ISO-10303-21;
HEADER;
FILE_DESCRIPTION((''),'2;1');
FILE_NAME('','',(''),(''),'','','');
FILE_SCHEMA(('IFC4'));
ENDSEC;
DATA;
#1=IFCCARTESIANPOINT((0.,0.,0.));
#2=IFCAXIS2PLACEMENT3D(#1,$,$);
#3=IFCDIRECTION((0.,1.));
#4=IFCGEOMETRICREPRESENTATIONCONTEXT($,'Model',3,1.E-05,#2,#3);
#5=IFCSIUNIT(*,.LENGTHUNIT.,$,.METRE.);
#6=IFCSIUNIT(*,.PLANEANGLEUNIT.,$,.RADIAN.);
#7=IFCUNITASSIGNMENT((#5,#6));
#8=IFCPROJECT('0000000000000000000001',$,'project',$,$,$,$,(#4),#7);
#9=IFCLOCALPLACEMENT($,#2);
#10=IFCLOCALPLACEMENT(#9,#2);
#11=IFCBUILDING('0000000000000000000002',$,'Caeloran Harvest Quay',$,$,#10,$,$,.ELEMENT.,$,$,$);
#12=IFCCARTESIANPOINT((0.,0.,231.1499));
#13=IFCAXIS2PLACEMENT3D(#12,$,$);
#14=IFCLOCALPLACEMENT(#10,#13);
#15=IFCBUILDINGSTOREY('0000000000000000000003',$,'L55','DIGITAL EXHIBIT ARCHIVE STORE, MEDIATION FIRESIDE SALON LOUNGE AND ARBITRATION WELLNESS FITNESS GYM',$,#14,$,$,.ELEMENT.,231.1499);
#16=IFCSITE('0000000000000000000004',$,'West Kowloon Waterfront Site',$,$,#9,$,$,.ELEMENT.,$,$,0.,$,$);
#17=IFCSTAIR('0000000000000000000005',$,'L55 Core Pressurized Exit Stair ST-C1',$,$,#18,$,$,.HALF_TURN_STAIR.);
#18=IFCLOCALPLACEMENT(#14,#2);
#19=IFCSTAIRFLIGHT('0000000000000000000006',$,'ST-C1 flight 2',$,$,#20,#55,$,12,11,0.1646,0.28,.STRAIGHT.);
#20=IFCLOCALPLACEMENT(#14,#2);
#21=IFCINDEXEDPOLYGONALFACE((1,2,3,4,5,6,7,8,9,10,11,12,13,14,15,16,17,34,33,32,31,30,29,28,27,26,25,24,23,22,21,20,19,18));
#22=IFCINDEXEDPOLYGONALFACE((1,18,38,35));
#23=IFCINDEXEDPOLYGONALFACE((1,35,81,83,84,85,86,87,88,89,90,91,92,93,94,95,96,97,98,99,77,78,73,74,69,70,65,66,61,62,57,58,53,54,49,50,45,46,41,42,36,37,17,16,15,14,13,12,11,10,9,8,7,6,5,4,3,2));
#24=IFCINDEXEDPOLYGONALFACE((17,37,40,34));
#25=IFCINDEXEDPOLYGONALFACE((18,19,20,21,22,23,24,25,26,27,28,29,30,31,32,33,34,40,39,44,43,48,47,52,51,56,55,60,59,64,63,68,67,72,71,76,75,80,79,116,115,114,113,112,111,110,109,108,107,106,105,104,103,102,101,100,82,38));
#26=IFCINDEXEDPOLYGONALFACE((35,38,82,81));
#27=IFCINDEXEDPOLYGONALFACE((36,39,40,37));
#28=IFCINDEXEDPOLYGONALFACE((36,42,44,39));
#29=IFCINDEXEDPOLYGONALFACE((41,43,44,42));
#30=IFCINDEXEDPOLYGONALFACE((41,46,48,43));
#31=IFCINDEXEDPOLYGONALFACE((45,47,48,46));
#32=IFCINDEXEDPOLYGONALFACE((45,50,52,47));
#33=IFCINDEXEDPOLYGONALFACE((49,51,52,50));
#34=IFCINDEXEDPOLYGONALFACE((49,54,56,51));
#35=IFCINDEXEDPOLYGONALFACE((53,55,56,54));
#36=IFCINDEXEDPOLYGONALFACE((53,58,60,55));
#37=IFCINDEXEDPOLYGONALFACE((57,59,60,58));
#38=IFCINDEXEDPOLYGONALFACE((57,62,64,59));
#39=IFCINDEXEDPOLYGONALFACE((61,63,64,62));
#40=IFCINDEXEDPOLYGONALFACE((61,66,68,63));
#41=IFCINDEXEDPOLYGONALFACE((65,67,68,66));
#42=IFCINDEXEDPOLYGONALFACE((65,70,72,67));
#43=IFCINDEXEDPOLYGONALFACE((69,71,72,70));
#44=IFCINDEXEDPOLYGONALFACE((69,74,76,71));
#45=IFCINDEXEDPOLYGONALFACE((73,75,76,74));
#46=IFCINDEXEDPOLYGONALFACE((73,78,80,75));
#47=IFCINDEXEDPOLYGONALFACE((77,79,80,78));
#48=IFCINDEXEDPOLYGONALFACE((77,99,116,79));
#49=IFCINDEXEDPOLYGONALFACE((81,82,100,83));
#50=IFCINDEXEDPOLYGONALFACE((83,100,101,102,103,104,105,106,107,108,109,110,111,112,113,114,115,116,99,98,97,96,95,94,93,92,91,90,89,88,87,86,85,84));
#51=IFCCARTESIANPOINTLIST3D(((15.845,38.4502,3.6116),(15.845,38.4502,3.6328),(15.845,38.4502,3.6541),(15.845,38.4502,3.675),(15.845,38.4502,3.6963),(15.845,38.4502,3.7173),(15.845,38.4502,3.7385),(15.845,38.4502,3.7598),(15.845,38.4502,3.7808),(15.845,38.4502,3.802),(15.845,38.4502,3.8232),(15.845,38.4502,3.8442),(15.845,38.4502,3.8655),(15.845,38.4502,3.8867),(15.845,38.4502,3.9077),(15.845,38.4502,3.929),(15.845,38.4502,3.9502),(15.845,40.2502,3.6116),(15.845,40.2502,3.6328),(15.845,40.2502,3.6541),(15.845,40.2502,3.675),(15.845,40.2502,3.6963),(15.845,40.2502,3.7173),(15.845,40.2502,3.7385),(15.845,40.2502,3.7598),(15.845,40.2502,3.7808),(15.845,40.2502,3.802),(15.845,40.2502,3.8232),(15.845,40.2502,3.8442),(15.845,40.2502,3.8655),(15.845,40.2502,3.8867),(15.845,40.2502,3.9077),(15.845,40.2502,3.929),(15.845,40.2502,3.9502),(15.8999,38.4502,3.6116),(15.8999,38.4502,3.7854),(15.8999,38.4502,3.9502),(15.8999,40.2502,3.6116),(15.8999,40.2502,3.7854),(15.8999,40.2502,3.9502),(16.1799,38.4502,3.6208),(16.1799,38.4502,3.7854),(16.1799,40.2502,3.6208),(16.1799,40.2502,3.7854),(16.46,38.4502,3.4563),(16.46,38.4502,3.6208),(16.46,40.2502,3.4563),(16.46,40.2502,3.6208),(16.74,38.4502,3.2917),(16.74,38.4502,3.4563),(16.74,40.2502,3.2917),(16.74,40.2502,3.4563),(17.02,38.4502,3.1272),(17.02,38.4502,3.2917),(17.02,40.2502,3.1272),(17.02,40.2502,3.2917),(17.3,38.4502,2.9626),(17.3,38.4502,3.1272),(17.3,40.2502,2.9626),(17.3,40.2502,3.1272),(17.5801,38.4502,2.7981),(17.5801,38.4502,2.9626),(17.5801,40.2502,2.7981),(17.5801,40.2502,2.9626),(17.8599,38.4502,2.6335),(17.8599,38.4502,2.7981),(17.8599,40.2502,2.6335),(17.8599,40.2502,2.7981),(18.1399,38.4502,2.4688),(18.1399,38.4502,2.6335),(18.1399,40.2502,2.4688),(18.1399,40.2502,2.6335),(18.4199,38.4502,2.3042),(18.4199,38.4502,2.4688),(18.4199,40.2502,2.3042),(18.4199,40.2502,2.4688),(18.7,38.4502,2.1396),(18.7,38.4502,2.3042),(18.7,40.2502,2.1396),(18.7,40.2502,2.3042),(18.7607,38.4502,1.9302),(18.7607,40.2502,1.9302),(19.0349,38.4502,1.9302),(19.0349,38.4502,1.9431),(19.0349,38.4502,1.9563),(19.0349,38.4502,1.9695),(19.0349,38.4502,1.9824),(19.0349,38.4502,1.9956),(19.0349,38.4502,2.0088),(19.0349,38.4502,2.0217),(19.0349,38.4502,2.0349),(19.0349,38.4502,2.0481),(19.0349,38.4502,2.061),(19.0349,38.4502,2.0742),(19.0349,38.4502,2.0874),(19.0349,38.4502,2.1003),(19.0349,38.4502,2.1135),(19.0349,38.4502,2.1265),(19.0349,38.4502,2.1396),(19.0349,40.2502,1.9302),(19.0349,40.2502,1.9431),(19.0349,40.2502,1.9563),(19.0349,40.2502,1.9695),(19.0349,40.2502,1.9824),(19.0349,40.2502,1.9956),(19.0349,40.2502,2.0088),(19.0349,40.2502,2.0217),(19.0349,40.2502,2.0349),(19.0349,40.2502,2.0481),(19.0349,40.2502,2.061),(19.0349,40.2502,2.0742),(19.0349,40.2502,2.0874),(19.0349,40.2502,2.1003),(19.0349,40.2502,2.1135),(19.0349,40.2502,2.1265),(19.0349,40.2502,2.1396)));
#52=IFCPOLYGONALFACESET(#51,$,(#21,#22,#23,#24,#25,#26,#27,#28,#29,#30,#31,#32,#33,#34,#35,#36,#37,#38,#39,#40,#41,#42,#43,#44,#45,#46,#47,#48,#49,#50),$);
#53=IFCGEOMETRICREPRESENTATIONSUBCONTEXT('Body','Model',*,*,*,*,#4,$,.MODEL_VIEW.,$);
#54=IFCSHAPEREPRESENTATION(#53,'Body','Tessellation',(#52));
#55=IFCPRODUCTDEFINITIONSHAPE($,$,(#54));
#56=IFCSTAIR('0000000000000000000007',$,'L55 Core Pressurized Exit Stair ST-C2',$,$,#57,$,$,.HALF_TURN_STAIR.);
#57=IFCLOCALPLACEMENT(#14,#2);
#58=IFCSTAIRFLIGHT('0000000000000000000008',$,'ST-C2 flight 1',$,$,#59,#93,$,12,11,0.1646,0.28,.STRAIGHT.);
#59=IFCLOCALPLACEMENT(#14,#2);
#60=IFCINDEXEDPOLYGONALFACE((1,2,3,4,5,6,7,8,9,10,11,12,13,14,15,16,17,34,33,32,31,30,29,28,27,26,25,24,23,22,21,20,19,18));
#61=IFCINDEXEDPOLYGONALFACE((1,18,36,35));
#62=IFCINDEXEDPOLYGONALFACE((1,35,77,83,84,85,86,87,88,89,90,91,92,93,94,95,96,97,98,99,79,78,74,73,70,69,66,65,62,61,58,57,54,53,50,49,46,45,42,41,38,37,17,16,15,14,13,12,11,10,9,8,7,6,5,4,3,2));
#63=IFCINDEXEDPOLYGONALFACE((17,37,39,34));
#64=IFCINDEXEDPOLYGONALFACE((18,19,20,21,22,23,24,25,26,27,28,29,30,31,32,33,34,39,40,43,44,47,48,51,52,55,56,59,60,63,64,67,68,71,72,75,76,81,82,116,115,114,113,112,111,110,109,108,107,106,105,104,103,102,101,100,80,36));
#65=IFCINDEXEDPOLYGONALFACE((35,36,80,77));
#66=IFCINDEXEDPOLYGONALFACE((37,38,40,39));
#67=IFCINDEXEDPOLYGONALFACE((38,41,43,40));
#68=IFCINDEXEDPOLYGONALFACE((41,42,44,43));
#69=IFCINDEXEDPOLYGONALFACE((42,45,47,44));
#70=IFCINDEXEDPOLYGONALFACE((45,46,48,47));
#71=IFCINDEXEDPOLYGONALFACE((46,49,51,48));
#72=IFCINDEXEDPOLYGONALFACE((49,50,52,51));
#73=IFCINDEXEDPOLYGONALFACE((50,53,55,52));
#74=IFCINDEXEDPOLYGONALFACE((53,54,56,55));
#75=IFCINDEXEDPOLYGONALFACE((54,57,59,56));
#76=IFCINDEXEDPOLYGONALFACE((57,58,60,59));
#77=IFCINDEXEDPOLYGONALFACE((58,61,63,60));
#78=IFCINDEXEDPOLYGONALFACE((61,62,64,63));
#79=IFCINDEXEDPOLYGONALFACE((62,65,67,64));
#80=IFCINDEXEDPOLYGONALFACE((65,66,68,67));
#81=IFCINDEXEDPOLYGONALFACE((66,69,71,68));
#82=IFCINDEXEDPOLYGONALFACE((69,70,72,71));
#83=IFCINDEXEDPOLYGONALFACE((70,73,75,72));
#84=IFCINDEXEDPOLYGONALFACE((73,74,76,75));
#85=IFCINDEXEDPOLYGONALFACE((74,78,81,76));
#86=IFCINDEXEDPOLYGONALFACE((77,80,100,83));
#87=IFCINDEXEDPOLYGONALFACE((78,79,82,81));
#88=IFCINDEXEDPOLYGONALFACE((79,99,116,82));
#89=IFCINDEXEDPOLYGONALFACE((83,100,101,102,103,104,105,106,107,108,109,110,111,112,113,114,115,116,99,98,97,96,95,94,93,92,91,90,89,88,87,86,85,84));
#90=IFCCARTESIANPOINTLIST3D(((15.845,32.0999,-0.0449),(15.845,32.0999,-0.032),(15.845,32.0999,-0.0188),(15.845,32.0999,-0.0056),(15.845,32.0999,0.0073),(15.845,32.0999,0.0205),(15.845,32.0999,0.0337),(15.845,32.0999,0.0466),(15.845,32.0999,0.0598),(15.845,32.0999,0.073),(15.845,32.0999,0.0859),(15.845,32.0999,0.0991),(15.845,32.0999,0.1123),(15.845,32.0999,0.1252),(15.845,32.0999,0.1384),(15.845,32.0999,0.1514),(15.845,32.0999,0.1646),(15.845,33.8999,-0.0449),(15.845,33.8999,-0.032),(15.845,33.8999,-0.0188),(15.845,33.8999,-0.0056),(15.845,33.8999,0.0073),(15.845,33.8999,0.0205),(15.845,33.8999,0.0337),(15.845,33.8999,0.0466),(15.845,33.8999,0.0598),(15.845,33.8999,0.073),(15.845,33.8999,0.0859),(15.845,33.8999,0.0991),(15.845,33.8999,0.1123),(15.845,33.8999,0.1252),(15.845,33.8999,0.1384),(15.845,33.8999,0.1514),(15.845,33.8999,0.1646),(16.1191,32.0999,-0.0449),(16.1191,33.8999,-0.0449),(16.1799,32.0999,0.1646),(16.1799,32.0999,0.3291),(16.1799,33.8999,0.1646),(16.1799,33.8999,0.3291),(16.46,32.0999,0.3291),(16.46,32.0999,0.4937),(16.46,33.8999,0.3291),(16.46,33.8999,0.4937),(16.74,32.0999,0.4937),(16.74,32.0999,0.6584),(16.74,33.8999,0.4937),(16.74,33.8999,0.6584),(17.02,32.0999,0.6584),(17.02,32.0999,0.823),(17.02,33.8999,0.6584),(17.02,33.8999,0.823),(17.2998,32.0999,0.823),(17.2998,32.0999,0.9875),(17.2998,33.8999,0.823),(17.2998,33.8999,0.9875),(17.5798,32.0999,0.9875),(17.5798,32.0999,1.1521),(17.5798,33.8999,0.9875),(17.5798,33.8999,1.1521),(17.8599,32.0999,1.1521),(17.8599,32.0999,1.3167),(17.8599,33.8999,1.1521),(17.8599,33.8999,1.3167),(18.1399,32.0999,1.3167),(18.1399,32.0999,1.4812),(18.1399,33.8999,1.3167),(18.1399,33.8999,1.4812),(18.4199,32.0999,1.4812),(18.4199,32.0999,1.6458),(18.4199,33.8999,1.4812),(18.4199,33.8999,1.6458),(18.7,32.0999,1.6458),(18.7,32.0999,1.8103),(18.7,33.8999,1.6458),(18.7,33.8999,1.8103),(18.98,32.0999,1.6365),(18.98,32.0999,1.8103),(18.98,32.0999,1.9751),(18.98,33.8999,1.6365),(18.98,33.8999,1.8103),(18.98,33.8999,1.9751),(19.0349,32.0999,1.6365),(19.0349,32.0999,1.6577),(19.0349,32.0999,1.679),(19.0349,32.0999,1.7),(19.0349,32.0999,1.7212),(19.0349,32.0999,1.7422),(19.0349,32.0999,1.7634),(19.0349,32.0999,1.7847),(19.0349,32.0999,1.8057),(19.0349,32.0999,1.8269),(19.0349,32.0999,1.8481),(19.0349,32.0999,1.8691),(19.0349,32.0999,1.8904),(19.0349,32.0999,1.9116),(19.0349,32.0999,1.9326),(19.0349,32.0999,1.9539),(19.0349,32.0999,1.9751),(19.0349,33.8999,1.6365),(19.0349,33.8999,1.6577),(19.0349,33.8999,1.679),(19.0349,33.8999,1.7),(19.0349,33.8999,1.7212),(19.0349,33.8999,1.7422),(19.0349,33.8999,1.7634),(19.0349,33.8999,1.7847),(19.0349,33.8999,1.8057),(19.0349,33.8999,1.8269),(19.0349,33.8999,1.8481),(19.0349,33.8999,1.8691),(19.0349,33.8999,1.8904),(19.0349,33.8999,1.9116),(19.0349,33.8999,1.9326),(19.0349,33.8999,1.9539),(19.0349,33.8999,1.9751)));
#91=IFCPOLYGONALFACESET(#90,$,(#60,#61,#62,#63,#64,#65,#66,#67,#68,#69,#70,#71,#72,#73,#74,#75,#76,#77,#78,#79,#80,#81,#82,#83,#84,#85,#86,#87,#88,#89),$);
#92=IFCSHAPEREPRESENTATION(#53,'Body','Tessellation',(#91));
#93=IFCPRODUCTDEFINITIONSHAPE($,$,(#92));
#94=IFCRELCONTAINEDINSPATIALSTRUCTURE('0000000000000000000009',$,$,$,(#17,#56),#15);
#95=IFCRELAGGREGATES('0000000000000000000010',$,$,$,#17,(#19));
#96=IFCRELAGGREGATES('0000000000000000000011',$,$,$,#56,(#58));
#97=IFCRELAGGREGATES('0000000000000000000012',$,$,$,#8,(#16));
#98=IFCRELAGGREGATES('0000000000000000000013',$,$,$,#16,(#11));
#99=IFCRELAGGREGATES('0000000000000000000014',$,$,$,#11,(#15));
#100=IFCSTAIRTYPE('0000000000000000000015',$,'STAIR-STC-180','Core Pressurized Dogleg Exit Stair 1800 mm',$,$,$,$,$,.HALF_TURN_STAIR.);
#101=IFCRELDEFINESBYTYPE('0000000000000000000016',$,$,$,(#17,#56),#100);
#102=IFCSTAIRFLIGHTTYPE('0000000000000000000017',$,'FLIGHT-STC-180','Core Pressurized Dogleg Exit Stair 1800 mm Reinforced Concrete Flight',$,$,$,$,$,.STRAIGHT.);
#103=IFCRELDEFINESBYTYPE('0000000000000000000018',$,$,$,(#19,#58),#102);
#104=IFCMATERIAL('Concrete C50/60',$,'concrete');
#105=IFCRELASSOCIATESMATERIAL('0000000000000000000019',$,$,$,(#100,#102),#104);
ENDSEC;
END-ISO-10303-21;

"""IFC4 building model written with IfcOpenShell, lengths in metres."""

from ifc_helpers import new_model, si_unit, direction, frame, origin, place, context, subcontext, project, spatial, polyline, outline, extrude, material, type_object, element, aggregate, save


model = new_model("IFC4")

# Units and contexts
model_context = context("Model", 3, precision=1e-05, world=origin(), true_north=direction((0.0, 1.0)))
body_context = subcontext(model_context, "Body", "Model", "MODEL_VIEW")
ifc_project = project(units=[si_unit("LENGTHUNIT", "METRE"), si_unit("PLANEANGLEUNIT", "RADIAN")], contexts=[model_context])

# Site, building, storey
site_placement = place(None, origin())
site = spatial("IfcSite", under=ifc_project, at=site_placement, Name="West Kowloon Waterfront Site", CompositionType="ELEMENT", RefElevation=0.0)
building_placement = place(site_placement, origin())
building = spatial("IfcBuilding", under=site, at=building_placement, Name="Caeloran Harvest Quay", CompositionType="ELEMENT")
storey_placement = place(building_placement, frame((0.0, 0.0, 231.1499)))
storey = spatial("IfcBuildingStorey", under=building, at=storey_placement, Name="L55", Description="DIGITAL EXHIBIT ARCHIVE STORE, MEDIATION FIRESIDE SALON LOUNGE AND ARBITRATION WELLNESS FITNESS GYM", CompositionType="ELEMENT", Elevation=231.1499)

# Shared definitions
ifc_material_1 = material(Name="Concrete C50/60", Category="concrete")

# Stairs, stair flights
stair_type = type_object("IfcStairType", Name="STAIR-STC-180", Description="Core Pressurized Dogleg Exit Stair 1800 mm", PredefinedType="HALF_TURN_STAIR", material=ifc_material_1)
stair_1_placement = place(storey_placement, origin())
stair_1 = element("IfcStair", 1, at=stair_1_placement, inside=storey, type_object=stair_type, Name="L55 Core Pressurized Exit Stair ST-C1", PredefinedType="HALF_TURN_STAIR")
stair_flight_type = type_object("IfcStairFlightType", Name="FLIGHT-STC-180", Description="Core Pressurized Dogleg Exit Stair 1800 mm Reinforced Concrete Flight", PredefinedType="STRAIGHT", material=ifc_material_1)
stair_flight_1_placement = place(storey_placement, frame((18.98, 39.3501, 1.9751), z_axis=(0.0, 0.0, 1.0), x_axis=(-1.0, 0.0, 0.0)))
stair_flight_1 = element("IfcStairFlight", 2, at=stair_flight_1_placement, type_object=stair_flight_type, Name="ST-C1 flight 2", NumberOfRisers=12, NumberOfTreads=11, PredefinedType="STRAIGHT", RiserHeight=0.1646, TreadLength=0.28, context=body_context, shape_type="SweptSolid", body=[
    extrude(outline(polyline([(-0.0549, -0.0449), (-0.0549, -0.032), (-0.0549, -0.0188), (-0.0549, -0.0056), (-0.0549, 0.0073), (-0.0549, 0.0205), (-0.0549, 0.0337), (-0.0549, 0.0466), (-0.0549, 0.0598), (-0.0549, 0.073), (-0.0549, 0.0859), (-0.0549, 0.0991), (-0.0549, 0.1123), (-0.0549, 0.1252), (-0.0549, 0.1384), (-0.0549, 0.1514), (-0.0549, 0.1646), (0.28, 0.1646), (0.28, 0.3291), (0.5601, 0.3291), (0.5601, 0.4937), (0.8401, 0.4937), (0.8401, 0.6584), (1.1201, 0.6584), (1.1201, 0.823), (1.3999, 0.823), (1.3999, 0.9875), (1.6799, 0.9875), (1.6799, 1.1521), (1.96, 1.1521), (1.96, 1.3167), (2.24, 1.3167), (2.24, 1.4812), (2.52, 1.4812), (2.52, 1.6458), (2.8, 1.6458), (2.8, 1.8103), (3.0801, 1.8103), (3.0801, 1.9751), (3.135, 1.9751), (3.135, 1.9539), (3.135, 1.9326), (3.135, 1.9116), (3.135, 1.8904), (3.135, 1.8691), (3.135, 1.8481), (3.135, 1.8269), (3.135, 1.8057), (3.135, 1.7847), (3.135, 1.7634), (3.135, 1.7422), (3.135, 1.7212), (3.135, 1.7), (3.135, 1.679), (3.135, 1.6577), (3.135, 1.6365), (3.0801, 1.6365), (0.2192, -0.0449), (-0.0549, -0.0449)])), frame((0.0, 0.8999, 0.0), z_axis=(0.0, -1.0, 0.0), x_axis=(1.0, 0.0, 0.0)), (0.0, 0.0, 1.0), 1.8),
])
aggregate(stair_1, [stair_flight_1])
stair_2_placement = place(storey_placement, origin())
stair_2 = element("IfcStair", 3, at=stair_2_placement, inside=storey, type_object=stair_type, Name="L55 Core Pressurized Exit Stair ST-C2", PredefinedType="HALF_TURN_STAIR")
stair_flight_2_placement = place(storey_placement, frame((15.8999, 33.0, 0.0), z_axis=(0.0, 0.0, 1.0), x_axis=(1.0, 0.0, 0.0)))
stair_flight_2 = element("IfcStairFlight", 4, at=stair_flight_2_placement, type_object=stair_flight_type, Name="ST-C2 flight 1", NumberOfRisers=12, NumberOfTreads=11, PredefinedType="STRAIGHT", RiserHeight=0.1646, TreadLength=0.28, context=body_context, shape_type="SweptSolid", body=[
    extrude(outline(polyline([(-0.0549, -0.0449), (-0.0549, -0.032), (-0.0549, -0.0188), (-0.0549, -0.0056), (-0.0549, 0.0073), (-0.0549, 0.0205), (-0.0549, 0.0337), (-0.0549, 0.0466), (-0.0549, 0.0598), (-0.0549, 0.073), (-0.0549, 0.0859), (-0.0549, 0.0991), (-0.0549, 0.1123), (-0.0549, 0.1252), (-0.0549, 0.1384), (-0.0549, 0.1514), (-0.0549, 0.1646), (0.28, 0.1646), (0.28, 0.3291), (0.5601, 0.3291), (0.5601, 0.4937), (0.8401, 0.4937), (0.8401, 0.6584), (1.1201, 0.6584), (1.1201, 0.823), (1.3999, 0.823), (1.3999, 0.9875), (1.6799, 0.9875), (1.6799, 1.1521), (1.96, 1.1521), (1.96, 1.3167), (2.24, 1.3167), (2.24, 1.4812), (2.52, 1.4812), (2.52, 1.6458), (2.8, 1.6458), (2.8, 1.8103), (3.0801, 1.8103), (3.0801, 1.9751), (3.135, 1.9751), (3.135, 1.9539), (3.135, 1.9326), (3.135, 1.9116), (3.135, 1.8904), (3.135, 1.8691), (3.135, 1.8481), (3.135, 1.8269), (3.135, 1.8057), (3.135, 1.7847), (3.135, 1.7634), (3.135, 1.7422), (3.135, 1.7212), (3.135, 1.7), (3.135, 1.679), (3.135, 1.6577), (3.135, 1.6365), (3.0801, 1.6365), (0.2192, -0.0449), (-0.0549, -0.0449)])), frame((0.0, 0.8999, 0.0), z_axis=(0.0, -1.0, 0.0), x_axis=(1.0, 0.0, 0.0)), (0.0, 0.0, 1.0), 1.8),
])
aggregate(stair_2, [stair_flight_2])

save(model, "model.ifc")
